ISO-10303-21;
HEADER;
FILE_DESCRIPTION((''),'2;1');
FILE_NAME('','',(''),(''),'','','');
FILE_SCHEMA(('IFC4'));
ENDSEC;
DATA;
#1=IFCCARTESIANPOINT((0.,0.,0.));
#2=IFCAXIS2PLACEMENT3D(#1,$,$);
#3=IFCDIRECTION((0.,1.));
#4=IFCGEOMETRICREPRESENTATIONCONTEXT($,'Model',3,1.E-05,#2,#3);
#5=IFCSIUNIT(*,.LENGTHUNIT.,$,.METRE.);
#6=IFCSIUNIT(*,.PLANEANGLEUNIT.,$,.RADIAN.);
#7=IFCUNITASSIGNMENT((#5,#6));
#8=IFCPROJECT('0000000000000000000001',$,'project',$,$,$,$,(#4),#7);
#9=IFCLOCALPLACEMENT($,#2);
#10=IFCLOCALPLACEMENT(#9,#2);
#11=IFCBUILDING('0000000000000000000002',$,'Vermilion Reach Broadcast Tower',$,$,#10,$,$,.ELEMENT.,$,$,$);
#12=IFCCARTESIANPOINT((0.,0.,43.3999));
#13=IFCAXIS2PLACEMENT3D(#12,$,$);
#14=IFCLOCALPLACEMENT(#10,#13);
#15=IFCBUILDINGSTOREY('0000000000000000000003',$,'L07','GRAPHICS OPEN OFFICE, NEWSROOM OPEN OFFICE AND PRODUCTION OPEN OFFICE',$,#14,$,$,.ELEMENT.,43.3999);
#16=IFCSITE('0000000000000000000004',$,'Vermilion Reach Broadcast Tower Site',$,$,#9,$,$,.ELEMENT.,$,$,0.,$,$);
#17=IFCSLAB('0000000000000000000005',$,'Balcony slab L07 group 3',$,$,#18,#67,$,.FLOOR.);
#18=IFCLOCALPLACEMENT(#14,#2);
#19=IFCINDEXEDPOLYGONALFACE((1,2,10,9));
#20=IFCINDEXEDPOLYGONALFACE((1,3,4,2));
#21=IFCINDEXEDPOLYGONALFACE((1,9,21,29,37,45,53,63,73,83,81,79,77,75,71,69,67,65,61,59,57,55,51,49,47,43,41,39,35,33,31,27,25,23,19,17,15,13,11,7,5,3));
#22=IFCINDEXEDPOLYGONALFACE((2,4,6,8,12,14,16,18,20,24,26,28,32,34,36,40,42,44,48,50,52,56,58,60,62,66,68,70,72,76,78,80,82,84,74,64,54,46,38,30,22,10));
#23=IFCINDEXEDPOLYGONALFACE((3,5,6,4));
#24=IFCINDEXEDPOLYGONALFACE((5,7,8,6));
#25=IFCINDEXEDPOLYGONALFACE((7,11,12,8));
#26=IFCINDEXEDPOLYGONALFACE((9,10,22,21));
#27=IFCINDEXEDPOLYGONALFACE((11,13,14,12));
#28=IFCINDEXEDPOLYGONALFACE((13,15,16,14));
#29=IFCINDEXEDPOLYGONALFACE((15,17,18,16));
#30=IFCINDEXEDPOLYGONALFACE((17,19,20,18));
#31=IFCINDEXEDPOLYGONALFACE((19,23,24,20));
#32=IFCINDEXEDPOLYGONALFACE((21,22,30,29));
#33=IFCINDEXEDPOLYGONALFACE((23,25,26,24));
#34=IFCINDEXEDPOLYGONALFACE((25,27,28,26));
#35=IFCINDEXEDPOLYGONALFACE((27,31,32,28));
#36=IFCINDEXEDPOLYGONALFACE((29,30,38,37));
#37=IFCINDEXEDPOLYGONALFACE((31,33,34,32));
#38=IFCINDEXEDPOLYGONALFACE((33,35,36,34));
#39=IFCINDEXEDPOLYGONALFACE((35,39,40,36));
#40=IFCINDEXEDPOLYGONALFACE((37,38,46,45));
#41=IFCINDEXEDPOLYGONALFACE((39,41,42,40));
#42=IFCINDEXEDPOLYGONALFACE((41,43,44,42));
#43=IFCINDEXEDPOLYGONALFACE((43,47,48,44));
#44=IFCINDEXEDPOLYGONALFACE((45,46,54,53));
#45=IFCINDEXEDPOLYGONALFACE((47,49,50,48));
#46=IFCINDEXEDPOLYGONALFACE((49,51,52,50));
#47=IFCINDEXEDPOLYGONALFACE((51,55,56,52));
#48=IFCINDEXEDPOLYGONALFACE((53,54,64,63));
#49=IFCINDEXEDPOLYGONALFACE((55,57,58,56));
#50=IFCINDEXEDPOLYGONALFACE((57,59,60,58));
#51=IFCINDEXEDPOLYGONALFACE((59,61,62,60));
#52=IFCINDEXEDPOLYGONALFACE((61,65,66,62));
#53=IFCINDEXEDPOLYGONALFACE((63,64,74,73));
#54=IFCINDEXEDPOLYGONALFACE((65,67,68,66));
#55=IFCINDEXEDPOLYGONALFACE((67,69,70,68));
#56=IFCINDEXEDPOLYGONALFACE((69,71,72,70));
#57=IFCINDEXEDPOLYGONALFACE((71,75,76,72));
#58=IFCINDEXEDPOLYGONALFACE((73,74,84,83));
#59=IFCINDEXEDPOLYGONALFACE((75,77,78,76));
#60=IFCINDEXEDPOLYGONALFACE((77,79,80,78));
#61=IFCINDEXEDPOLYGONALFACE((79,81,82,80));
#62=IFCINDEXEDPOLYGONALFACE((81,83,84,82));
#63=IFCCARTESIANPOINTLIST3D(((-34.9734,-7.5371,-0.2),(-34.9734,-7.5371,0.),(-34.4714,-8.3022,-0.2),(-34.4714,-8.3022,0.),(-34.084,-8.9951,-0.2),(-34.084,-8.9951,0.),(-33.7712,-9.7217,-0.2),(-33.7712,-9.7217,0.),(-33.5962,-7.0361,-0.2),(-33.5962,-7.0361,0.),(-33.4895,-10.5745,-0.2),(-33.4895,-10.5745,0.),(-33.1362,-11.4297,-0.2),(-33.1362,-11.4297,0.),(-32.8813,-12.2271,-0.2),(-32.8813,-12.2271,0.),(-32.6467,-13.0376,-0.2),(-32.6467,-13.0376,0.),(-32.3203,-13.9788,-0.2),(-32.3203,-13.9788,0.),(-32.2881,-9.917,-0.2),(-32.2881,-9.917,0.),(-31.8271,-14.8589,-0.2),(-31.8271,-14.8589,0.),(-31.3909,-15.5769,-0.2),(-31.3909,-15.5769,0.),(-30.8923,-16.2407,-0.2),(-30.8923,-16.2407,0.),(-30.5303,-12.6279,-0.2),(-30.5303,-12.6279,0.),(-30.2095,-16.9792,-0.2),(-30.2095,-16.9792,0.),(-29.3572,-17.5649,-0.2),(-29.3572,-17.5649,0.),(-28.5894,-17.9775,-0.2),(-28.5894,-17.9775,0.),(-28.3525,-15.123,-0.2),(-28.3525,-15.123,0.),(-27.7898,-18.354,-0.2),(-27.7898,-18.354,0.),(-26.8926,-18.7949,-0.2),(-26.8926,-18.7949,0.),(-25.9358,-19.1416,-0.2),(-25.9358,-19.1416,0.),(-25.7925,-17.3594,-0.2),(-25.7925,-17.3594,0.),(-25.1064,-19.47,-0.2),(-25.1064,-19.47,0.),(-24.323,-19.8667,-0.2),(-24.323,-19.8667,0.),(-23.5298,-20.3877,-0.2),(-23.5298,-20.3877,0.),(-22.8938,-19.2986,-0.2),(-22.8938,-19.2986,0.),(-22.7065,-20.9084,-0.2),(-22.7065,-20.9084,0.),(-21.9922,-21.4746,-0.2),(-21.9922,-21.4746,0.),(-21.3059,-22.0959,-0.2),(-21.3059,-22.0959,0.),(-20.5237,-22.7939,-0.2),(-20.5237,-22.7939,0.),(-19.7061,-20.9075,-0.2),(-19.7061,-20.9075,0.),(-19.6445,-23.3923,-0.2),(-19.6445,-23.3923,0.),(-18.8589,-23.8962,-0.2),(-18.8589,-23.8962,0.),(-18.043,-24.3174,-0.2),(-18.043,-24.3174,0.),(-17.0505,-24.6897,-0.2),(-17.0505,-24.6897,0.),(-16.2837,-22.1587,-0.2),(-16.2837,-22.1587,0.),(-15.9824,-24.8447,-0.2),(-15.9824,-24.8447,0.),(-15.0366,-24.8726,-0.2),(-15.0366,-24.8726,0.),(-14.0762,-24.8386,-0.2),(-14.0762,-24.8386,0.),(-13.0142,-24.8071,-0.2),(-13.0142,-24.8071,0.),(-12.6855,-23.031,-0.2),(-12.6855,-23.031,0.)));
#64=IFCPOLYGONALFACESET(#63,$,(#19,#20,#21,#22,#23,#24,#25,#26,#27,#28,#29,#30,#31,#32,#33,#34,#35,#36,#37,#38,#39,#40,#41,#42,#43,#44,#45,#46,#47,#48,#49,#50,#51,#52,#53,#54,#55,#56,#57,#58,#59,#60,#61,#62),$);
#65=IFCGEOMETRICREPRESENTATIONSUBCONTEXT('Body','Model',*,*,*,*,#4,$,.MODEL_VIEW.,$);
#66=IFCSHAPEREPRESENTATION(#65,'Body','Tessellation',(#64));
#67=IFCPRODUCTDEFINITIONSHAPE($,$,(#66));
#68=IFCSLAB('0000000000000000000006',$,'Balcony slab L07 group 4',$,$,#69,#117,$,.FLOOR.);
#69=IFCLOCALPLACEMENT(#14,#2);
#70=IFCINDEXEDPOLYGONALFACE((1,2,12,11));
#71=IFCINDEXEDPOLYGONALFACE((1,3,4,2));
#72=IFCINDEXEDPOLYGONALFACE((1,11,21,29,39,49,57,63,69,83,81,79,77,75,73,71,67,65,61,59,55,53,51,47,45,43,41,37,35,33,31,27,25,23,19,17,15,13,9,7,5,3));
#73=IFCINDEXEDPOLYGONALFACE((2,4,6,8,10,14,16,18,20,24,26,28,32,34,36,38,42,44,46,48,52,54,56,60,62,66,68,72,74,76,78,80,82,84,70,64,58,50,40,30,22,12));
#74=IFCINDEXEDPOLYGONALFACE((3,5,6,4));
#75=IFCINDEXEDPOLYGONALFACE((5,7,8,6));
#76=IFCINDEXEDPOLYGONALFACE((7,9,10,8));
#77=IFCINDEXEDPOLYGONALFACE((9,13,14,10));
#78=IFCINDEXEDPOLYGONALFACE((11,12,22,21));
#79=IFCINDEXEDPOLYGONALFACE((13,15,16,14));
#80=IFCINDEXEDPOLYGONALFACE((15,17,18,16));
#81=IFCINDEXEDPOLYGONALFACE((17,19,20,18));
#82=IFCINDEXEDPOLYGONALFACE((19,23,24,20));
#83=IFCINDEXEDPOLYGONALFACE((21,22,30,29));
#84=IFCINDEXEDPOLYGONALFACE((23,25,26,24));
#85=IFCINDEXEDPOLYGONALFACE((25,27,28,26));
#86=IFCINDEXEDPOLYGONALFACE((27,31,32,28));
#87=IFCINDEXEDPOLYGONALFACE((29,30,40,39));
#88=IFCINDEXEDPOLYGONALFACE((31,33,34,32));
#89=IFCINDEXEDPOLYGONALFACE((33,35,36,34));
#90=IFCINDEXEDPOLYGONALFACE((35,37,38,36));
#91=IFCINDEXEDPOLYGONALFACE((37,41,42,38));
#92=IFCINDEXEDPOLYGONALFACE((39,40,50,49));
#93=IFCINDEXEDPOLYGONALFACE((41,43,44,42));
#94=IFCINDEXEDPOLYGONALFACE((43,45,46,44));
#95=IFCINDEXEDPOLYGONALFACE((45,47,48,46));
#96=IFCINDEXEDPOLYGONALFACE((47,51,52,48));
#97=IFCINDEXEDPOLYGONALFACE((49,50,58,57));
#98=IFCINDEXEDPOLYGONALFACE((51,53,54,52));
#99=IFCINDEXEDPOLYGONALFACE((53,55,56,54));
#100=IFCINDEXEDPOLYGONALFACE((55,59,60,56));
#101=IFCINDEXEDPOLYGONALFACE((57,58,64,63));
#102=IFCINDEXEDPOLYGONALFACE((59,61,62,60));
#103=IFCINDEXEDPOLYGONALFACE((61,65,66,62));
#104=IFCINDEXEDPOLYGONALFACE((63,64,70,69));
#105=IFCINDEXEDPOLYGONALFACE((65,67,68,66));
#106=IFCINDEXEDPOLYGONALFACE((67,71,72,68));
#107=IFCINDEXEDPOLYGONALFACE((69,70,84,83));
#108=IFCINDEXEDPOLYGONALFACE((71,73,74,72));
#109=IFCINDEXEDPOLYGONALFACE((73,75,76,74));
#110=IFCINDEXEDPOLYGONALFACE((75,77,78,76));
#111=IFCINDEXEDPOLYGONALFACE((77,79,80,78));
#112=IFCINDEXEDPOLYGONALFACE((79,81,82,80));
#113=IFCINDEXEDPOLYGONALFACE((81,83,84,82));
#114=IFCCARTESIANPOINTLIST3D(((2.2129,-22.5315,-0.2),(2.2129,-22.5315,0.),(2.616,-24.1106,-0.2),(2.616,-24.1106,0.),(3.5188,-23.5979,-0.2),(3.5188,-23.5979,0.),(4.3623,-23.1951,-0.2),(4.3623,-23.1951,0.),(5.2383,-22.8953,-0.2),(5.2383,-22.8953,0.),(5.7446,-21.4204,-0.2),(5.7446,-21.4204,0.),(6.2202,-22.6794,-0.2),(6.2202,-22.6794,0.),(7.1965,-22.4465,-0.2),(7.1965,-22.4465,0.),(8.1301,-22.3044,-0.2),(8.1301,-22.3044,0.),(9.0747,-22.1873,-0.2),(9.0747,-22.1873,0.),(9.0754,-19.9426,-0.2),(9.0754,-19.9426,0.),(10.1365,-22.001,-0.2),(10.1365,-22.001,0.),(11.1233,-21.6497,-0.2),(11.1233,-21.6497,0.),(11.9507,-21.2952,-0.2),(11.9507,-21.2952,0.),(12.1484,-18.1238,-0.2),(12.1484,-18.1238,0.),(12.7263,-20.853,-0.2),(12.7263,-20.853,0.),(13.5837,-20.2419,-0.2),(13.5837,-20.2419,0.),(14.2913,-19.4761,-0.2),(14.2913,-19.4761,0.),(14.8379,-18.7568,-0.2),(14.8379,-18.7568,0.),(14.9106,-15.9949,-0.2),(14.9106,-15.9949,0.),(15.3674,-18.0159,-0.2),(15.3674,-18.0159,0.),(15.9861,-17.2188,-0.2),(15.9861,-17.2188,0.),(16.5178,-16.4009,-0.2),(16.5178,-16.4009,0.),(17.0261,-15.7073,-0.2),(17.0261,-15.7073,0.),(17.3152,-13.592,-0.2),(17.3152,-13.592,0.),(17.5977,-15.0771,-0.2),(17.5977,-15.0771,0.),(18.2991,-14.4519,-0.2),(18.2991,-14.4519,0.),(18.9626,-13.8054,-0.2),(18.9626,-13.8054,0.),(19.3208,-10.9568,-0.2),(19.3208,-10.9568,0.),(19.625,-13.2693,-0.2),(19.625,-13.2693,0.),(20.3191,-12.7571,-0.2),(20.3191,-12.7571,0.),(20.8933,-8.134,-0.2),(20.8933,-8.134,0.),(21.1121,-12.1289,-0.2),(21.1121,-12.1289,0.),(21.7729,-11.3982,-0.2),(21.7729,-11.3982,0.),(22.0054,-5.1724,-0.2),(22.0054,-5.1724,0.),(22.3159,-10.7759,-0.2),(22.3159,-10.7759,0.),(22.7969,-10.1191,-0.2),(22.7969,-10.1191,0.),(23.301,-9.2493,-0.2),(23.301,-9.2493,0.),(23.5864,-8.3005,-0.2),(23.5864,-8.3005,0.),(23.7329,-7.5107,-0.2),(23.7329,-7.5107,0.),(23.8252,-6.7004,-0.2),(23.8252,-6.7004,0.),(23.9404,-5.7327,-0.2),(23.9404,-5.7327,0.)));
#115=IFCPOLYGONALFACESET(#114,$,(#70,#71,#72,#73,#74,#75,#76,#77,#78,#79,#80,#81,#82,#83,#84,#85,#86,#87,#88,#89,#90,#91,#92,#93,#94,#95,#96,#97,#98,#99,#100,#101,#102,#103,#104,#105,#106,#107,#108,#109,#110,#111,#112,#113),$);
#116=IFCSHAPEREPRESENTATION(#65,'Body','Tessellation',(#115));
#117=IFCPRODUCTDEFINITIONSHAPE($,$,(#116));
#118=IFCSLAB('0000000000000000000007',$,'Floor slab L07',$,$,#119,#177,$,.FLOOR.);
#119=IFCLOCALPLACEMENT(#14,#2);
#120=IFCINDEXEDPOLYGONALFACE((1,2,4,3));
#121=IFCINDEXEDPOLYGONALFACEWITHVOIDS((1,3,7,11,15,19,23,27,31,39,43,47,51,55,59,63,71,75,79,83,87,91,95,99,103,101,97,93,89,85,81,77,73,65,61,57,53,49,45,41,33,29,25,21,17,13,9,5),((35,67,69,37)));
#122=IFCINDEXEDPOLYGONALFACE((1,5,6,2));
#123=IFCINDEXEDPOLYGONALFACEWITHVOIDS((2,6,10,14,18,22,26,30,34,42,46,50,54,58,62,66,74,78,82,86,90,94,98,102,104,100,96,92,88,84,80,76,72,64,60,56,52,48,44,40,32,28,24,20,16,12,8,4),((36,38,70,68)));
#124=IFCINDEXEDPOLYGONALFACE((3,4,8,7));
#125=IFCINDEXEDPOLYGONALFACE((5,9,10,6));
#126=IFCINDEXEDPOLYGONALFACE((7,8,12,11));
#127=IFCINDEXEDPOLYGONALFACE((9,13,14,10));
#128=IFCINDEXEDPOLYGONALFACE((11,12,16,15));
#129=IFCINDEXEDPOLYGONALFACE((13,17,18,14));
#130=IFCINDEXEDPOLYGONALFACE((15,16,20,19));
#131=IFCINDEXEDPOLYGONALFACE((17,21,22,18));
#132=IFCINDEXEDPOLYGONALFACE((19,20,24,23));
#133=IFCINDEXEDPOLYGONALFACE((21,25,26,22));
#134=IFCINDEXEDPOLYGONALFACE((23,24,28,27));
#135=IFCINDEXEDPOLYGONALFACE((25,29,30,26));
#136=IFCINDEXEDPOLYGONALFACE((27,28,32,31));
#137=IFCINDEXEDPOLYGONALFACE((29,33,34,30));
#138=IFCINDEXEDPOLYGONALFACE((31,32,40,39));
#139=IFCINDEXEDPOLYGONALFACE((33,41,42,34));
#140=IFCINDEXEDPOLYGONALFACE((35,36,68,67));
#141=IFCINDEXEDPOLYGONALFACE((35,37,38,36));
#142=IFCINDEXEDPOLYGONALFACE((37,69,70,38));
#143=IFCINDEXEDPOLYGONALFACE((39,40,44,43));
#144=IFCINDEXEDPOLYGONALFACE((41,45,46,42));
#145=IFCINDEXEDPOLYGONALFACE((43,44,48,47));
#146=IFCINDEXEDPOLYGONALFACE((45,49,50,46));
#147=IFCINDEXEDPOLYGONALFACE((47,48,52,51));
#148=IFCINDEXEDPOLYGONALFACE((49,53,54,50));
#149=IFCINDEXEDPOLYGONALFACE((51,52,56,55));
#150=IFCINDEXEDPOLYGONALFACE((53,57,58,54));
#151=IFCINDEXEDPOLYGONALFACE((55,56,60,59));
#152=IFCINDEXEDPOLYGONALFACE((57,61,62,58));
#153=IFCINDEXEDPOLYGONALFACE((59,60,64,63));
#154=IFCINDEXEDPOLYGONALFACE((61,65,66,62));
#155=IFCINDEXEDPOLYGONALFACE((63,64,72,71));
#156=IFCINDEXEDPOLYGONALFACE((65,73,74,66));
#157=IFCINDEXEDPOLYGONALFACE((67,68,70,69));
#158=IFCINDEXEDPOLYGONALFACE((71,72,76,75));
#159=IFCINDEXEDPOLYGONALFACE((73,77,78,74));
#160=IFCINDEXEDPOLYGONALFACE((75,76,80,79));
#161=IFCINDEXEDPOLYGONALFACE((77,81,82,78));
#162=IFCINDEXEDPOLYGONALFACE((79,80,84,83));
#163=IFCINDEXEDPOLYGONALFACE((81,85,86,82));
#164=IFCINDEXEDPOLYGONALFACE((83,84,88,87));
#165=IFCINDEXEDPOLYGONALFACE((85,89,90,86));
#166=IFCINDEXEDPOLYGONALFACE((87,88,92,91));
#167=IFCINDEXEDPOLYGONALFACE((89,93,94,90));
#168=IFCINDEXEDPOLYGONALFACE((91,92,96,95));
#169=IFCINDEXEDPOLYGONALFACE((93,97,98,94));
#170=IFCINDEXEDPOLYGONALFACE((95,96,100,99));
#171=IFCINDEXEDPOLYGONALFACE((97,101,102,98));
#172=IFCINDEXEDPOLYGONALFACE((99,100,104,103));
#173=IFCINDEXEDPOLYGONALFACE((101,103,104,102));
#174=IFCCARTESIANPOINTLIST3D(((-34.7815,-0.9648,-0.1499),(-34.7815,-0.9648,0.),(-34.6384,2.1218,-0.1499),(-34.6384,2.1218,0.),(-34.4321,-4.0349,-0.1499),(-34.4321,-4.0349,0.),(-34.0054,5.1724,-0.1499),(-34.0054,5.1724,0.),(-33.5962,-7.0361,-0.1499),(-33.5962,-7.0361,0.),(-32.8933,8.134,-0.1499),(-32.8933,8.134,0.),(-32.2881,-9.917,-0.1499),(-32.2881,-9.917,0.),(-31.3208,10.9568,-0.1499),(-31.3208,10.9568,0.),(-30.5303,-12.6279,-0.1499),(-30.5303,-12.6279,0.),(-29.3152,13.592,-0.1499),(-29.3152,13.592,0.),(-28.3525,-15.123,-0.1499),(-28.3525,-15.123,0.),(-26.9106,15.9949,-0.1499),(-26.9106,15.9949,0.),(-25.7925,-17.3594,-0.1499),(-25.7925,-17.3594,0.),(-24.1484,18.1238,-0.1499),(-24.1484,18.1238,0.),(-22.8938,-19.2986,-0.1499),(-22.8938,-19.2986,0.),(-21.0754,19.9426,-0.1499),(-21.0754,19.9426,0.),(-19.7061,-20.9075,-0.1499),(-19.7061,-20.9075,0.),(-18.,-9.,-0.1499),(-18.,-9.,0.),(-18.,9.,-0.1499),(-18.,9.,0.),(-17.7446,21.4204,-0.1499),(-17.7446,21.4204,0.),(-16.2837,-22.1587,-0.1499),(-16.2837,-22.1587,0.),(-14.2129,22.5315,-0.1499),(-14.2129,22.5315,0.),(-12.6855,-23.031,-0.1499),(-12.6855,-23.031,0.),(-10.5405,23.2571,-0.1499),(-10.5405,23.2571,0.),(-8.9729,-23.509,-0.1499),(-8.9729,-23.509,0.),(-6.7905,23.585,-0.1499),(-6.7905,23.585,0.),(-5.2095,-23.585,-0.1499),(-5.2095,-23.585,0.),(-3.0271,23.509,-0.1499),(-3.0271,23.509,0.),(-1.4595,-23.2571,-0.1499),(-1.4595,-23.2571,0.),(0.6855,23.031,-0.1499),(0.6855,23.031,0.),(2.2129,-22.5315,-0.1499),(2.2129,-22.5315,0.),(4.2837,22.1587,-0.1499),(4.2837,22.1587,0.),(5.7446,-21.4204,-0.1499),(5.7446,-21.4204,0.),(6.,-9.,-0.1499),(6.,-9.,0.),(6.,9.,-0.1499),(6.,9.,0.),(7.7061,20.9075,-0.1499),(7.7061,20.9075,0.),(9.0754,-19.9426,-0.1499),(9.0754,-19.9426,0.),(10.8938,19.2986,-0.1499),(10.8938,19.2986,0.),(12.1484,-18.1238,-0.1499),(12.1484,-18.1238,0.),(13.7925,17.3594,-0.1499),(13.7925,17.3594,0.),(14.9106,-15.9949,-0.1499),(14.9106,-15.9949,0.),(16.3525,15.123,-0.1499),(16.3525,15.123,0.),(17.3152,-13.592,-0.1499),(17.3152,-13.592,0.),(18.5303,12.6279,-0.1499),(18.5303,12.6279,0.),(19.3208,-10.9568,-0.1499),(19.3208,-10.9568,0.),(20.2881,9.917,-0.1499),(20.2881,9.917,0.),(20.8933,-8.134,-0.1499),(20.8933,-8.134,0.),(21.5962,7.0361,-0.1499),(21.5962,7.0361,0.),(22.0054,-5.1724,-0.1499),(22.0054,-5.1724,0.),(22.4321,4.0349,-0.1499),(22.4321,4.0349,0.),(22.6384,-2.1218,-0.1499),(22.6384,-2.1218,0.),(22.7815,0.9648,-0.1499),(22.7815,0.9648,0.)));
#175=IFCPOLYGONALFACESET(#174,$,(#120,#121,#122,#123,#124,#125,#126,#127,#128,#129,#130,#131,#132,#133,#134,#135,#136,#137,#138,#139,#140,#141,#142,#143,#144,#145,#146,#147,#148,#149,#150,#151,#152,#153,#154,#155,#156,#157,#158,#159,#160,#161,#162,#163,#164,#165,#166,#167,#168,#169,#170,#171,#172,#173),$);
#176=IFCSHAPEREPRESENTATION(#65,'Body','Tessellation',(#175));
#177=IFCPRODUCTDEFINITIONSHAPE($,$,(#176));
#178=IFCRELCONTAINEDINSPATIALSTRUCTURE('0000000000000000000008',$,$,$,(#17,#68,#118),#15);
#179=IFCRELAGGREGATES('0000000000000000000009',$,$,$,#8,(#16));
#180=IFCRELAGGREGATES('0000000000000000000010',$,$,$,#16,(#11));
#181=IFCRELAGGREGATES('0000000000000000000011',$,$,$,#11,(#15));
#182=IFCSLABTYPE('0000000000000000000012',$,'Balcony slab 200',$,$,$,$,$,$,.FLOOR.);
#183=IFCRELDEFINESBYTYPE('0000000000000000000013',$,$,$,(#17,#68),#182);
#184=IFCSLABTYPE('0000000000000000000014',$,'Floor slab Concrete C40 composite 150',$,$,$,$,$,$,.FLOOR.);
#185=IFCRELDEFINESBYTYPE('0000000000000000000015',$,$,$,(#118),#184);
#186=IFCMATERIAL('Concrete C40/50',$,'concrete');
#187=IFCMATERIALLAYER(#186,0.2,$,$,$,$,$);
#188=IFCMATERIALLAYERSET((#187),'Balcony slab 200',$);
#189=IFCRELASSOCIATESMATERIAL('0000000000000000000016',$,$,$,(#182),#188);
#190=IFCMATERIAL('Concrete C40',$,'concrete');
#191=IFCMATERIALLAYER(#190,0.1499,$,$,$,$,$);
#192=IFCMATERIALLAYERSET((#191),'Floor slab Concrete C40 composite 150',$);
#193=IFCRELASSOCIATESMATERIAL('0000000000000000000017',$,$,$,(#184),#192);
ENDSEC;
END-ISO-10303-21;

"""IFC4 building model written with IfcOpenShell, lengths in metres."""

from ifc_helpers import new_model, si_unit, direction, frame, origin, place, context, subcontext, project, spatial, polyline, outline, extrude, material, layer, layer_set, type_object, element, save


model = new_model("IFC4")

# Units and contexts
model_context = context("Model", 3, precision=1e-05, world=origin(), true_north=direction((0.0, 1.0)))
body_context = subcontext(model_context, "Body", "Model", "MODEL_VIEW")
ifc_project = project(units=[si_unit("LENGTHUNIT", "METRE"), si_unit("PLANEANGLEUNIT", "RADIAN")], contexts=[model_context])

# Site, building, storey
site_placement = place(None, origin())
site = spatial("IfcSite", under=ifc_project, at=site_placement, Name="Vermilion Reach Broadcast Tower Site", CompositionType="ELEMENT", RefElevation=0.0)
building_placement = place(site_placement, origin())
building = spatial("IfcBuilding", under=site, at=building_placement, Name="Vermilion Reach Broadcast Tower", CompositionType="ELEMENT")
storey_placement = place(building_placement, frame((0.0, 0.0, 43.3999)))
storey = spatial("IfcBuildingStorey", under=building, at=storey_placement, Name="L07", Description="GRAPHICS OPEN OFFICE, NEWSROOM OPEN OFFICE AND PRODUCTION OPEN OFFICE", CompositionType="ELEMENT", Elevation=43.3999)

# Slabs
ifc_material_1 = material(Name="Concrete C40/50", Category="concrete")
ifc_layer_1 = layer(ifc_material_1, 0.2)
ifc_layer_set_1 = layer_set([ifc_layer_1], Name="Balcony slab 200")
slab_type_1 = type_object("IfcSlabType", Name="Balcony slab 200", PredefinedType="FLOOR", material=ifc_layer_set_1)
placement_1 = place(storey_placement, frame((0.0, 0.0, -0.2)))
element("IfcSlab", 1, at=placement_1, inside=storey, type_object=slab_type_1, Name="Balcony slab L07 group 3", PredefinedType="FLOOR", context=body_context, shape_type="SweptSolid", body=[
    extrude(outline(polyline([(-33.5962, -7.0361), (-32.2881, -9.917), (-30.5303, -12.6279), (-28.3525, -15.123), (-25.7925, -17.3594), (-22.8938, -19.2986), (-19.7061, -20.9075), (-16.2837, -22.1587), (-12.6855, -23.031), (-13.0142, -24.8071), (-14.0762, -24.8386), (-15.0366, -24.8726), (-15.9824, -24.8447), (-17.0505, -24.6897), (-18.043, -24.3174), (-18.8589, -23.8962), (-19.6445, -23.3923), (-20.5237, -22.7939), (-21.3059, -22.0959), (-21.9922, -21.4746), (-22.7065, -20.9084), (-23.5298, -20.3877), (-24.323, -19.8667), (-25.1064, -19.47), (-25.9358, -19.1416), (-26.8926, -18.7949), (-27.7898, -18.354), (-28.5894, -17.9775), (-29.3572, -17.5649), (-30.2095, -16.9792), (-30.8923, -16.2407), (-31.3909, -15.5769), (-31.8271, -14.8589), (-32.3203, -13.9788), (-32.6467, -13.0376), (-32.8813, -12.2271), (-33.1362, -11.4297), (-33.4895, -10.5745), (-33.7712, -9.7217), (-34.084, -8.9951), (-34.4714, -8.3022), (-34.9734, -7.5371), (-33.5962, -7.0361)])), origin(), (0.0, 0.0, 1.0), 0.2),
])
element("IfcSlab", 2, at=placement_1, inside=storey, type_object=slab_type_1, Name="Balcony slab L07 group 4", PredefinedType="FLOOR", context=body_context, shape_type="SweptSolid", body=[
    extrude(outline(polyline([(2.2129, -22.5315), (5.7446, -21.4204), (9.0754, -19.9426), (12.1484, -18.1238), (14.9106, -15.9949), (17.3152, -13.592), (19.3208, -10.9568), (20.8933, -8.134), (22.0054, -5.1724), (23.9404, -5.7327), (23.8252, -6.7004), (23.7329, -7.5107), (23.5864, -8.3005), (23.301, -9.2493), (22.7969, -10.1191), (22.3159, -10.7759), (21.7729, -11.3982), (21.1121, -12.1289), (20.3191, -12.7571), (19.625, -13.2693), (18.9626, -13.8054), (18.2991, -14.4519), (17.5977, -15.0771), (17.0261, -15.7073), (16.5178, -16.4009), (15.9861, -17.2188), (15.3674, -18.0159), (14.8379, -18.7568), (14.2913, -19.4761), (13.5837, -20.2419), (12.7263, -20.853), (11.9507, -21.2952), (11.1233, -21.6497), (10.1365, -22.001), (9.0747, -22.1873), (8.1301, -22.3044), (7.1965, -22.4465), (6.2202, -22.6794), (5.2383, -22.8953), (4.3623, -23.1951), (3.5188, -23.5979), (2.616, -24.1106), (2.2129, -22.5315)])), origin(), (0.0, 0.0, 1.0), 0.2),
])
ifc_material_2 = material(Name="Concrete C40", Category="concrete")
ifc_layer_2 = layer(ifc_material_2, 0.1499)
ifc_layer_set_2 = layer_set([ifc_layer_2], Name="Floor slab Concrete C40 composite 150")
slab_type_2 = type_object("IfcSlabType", Name="Floor slab Concrete C40 composite 150", PredefinedType="FLOOR", material=ifc_layer_set_2)
slab_1_placement = place(storey_placement, frame((0.0, 0.0, -0.1499)))
element("IfcSlab", 3, at=slab_1_placement, inside=storey, type_object=slab_type_2, Name="Floor slab L07", PredefinedType="FLOOR", context=body_context, shape_type="SweptSolid", body=[
    extrude(outline(polyline([(22.7815, 0.9648), (22.4321, 4.0349), (21.5962, 7.0361), (20.2881, 9.917), (18.5303, 12.6279), (16.3525, 15.123), (13.7925, 17.3594), (10.8938, 19.2986), (7.7061, 20.9075), (4.2837, 22.1587), (0.6855, 23.031), (-3.0271, 23.509), (-6.7905, 23.585), (-10.5405, 23.2571), (-14.2129, 22.5315), (-17.7446, 21.4204), (-21.0754, 19.9426), (-24.1484, 18.1238), (-26.9106, 15.9949), (-29.3152, 13.592), (-31.3208, 10.9568), (-32.8933, 8.134), (-34.0054, 5.1724), (-34.6384, 2.1218), (-34.7815, -0.9648), (-34.4321, -4.0349), (-33.5962, -7.0361), (-32.2881, -9.917), (-30.5303, -12.6279), (-28.3525, -15.123), (-25.7925, -17.3594), (-22.8938, -19.2986), (-19.7061, -20.9075), (-16.2837, -22.1587), (-12.6855, -23.031), (-8.9729, -23.509), (-5.2095, -23.585), (-1.4595, -23.2571), (2.2129, -22.5315), (5.7446, -21.4204), (9.0754, -19.9426), (12.1484, -18.1238), (14.9106, -15.9949), (17.3152, -13.592), (19.3208, -10.9568), (20.8933, -8.134), (22.0054, -5.1724), (22.6384, -2.1218), (22.7815, 0.9648)]), holes=[polyline([(-18.0, -9.0), (6.0, -9.0), (6.0, 9.0), (-18.0, 9.0), (-18.0, -9.0)])]), origin(), (0.0, 0.0, 1.0), 0.1499),
])

save(model, "model.ifc")
